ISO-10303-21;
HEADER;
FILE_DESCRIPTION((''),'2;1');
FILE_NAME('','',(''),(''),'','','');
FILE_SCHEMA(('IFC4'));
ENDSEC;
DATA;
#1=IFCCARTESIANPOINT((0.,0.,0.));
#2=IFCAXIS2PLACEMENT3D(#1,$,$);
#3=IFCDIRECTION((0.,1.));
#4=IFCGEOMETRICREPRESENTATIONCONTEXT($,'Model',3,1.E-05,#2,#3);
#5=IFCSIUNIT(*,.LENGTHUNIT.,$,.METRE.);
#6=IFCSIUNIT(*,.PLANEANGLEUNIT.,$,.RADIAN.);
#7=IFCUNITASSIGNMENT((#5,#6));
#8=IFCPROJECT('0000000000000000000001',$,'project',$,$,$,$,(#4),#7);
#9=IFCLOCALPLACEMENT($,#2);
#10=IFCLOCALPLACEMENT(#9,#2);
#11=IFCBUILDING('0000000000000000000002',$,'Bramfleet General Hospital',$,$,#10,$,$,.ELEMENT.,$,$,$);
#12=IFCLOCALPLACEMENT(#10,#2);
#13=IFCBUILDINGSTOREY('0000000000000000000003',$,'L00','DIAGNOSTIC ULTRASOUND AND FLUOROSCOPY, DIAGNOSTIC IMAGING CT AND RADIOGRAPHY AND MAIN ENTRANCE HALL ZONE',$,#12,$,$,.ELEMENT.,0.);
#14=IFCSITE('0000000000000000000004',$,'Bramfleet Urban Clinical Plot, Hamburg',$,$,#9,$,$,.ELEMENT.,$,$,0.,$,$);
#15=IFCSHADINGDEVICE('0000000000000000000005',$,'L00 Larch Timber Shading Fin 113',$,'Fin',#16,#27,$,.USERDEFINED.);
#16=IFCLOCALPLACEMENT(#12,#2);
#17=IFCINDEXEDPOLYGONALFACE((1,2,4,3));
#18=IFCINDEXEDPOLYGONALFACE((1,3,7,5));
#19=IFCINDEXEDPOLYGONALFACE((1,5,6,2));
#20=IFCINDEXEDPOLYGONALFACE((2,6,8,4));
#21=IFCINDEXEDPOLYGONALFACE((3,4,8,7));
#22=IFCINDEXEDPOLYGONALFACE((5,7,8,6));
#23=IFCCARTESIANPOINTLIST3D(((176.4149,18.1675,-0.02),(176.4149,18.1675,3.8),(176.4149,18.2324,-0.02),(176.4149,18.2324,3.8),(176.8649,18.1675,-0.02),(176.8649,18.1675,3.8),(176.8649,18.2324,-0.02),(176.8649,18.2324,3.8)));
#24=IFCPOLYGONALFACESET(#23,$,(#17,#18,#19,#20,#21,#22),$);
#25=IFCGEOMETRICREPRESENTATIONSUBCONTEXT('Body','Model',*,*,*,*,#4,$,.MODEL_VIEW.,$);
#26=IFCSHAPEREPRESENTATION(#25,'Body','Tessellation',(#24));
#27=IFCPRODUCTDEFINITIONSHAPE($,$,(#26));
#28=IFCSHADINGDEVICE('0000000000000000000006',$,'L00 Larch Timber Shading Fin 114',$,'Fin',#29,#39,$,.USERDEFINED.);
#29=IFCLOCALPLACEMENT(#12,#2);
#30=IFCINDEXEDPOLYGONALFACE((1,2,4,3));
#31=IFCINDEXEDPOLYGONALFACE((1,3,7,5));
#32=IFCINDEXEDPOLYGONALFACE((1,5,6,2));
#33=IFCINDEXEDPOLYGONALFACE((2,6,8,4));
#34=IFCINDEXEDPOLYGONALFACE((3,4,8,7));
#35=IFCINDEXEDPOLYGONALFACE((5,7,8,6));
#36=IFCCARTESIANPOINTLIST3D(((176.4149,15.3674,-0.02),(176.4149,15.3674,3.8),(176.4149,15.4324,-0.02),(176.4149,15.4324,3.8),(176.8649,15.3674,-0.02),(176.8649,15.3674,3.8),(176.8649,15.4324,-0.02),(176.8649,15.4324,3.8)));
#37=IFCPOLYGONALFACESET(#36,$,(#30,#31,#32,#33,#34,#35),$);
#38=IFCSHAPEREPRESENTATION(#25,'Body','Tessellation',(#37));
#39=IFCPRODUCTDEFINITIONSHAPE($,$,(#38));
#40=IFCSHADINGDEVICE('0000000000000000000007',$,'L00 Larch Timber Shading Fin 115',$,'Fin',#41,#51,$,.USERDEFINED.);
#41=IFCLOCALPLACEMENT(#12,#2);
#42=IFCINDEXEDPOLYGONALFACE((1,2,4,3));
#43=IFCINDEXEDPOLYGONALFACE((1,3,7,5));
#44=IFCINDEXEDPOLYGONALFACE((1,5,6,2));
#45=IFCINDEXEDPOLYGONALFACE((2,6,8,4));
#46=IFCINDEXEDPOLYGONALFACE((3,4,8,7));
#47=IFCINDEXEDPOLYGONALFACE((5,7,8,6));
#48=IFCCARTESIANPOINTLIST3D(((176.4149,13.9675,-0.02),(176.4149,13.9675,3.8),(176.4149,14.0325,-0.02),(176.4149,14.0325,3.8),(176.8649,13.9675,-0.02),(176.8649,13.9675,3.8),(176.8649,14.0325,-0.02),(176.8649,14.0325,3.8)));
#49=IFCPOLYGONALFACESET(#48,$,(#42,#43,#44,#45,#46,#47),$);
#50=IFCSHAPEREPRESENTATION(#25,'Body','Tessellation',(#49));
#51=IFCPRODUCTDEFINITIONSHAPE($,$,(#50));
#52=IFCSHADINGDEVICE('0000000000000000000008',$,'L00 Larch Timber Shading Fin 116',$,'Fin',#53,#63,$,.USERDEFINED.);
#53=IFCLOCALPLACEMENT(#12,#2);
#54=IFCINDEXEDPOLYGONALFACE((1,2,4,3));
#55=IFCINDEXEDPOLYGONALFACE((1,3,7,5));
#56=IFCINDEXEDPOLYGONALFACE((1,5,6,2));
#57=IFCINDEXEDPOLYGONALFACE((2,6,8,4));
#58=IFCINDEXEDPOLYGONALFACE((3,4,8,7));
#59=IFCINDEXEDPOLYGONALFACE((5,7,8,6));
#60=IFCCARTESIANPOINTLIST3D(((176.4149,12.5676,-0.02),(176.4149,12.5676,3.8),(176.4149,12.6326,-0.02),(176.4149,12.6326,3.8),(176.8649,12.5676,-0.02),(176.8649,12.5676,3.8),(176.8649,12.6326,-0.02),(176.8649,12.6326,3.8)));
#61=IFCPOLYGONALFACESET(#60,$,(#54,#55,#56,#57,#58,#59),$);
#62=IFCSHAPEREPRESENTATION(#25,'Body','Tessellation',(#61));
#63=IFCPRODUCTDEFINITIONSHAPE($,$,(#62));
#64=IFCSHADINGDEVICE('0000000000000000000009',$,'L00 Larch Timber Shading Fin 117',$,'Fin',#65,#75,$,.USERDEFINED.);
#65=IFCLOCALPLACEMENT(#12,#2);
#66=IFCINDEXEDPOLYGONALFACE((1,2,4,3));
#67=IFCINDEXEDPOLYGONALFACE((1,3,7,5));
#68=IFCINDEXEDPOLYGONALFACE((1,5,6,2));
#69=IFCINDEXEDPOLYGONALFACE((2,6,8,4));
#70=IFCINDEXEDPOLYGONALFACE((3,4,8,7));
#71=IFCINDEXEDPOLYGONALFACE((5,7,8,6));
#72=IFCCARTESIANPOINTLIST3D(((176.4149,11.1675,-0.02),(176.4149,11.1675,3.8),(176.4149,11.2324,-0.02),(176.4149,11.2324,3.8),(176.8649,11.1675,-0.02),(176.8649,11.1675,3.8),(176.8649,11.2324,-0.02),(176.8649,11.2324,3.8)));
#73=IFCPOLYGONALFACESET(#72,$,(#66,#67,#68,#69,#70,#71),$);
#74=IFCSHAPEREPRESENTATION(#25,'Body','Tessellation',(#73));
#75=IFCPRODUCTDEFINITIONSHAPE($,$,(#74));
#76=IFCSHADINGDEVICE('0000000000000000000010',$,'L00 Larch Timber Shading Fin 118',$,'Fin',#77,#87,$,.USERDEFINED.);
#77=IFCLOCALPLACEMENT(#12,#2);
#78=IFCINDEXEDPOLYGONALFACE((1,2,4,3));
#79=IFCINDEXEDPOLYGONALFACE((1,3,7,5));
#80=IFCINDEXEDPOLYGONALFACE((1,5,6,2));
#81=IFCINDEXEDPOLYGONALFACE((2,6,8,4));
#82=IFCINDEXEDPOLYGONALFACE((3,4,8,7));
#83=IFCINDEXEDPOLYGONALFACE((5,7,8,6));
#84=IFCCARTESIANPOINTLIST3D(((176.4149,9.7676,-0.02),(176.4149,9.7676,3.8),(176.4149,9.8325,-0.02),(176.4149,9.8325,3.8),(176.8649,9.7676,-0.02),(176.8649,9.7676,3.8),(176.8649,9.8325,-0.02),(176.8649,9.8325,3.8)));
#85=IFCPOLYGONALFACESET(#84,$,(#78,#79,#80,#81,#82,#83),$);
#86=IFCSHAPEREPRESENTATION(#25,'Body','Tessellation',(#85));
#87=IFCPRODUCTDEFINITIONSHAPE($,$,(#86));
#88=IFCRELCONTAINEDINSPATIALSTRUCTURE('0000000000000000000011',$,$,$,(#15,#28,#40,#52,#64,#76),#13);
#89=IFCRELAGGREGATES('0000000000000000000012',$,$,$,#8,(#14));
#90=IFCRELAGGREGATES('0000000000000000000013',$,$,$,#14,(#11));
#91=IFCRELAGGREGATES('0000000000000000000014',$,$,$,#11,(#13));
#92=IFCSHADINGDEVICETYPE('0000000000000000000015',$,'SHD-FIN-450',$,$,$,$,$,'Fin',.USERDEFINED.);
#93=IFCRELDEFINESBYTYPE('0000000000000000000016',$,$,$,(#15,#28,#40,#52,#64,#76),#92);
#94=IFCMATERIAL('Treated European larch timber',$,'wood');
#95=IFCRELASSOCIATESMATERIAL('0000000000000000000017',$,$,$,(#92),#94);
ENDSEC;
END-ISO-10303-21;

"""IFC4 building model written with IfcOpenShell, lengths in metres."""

from ifc_helpers import new_model, si_unit, direction, frame, origin, origin_2d, place, context, subcontext, project, spatial, rectangle, extrude, material, material_profile, profile_set, type_object, element, save


model = new_model("IFC4")

# Units and contexts
model_context = context("Model", 3, precision=1e-05, world=origin(), true_north=direction((0.0, 1.0)))
body_context = subcontext(model_context, "Body", "Model", "MODEL_VIEW")
ifc_project = project(units=[si_unit("LENGTHUNIT", "METRE"), si_unit("PLANEANGLEUNIT", "RADIAN")], contexts=[model_context])

# Site, building, storey
site_placement = place(None, origin())
site = spatial("IfcSite", under=ifc_project, at=site_placement, Name="Bramfleet Urban Clinical Plot, Hamburg", CompositionType="ELEMENT", RefElevation=0.0)
building_placement = place(site_placement, origin())
building = spatial("IfcBuilding", under=site, at=building_placement, Name="Bramfleet General Hospital", CompositionType="ELEMENT")
storey_placement = place(building_placement, origin())
storey = spatial("IfcBuildingStorey", under=building, at=storey_placement, Name="L00", Description="DIAGNOSTIC ULTRASOUND AND FLUOROSCOPY, DIAGNOSTIC IMAGING CT AND RADIOGRAPHY AND MAIN ENTRANCE HALL ZONE", CompositionType="ELEMENT", Elevation=0.0)

# Shading devices
ifc_material_1 = material(Name="Treated European larch timber", Category="wood")
ifc_material_profile_1 = material_profile(ifc_material_1, rectangle(XDim=0.0649, YDim=0.45, at=origin_2d()), Name="LARCH FIN 450x65")
ifc_profile_set_1 = profile_set([ifc_material_profile_1], Name="Treated European larch timber")
shading_device_type = type_object("IfcShadingDeviceType", Name="SHD-FIN-450", ElementType="Fin", PredefinedType="USERDEFINED", material=ifc_profile_set_1)
for number, where, z_axis, x_axis, name in (
    (1, (176.6399, 18.2, -0.02), (0.0, 0.0, 1.0), (0.0, -1.0, 0.0), "L00 Larch Timber Shading Fin 113"),
    (2, (176.6399, 15.3999, -0.02), (0.0, 0.0, 1.0), (0.0, -1.0, 0.0), "L00 Larch Timber Shading Fin 114"),
    (3, (176.6399, 14.0, -0.02), (0.0, 0.0, 1.0), (0.0, -1.0, 0.0), "L00 Larch Timber Shading Fin 115"),
    (4, (176.6399, 12.6001, -0.02), (0.0, 0.0, 1.0), (0.0, -1.0, 0.0), "L00 Larch Timber Shading Fin 116"),
    (5, (176.6399, 11.2, -0.02), (0.0, 0.0, 1.0), (0.0, -1.0, 0.0), "L00 Larch Timber Shading Fin 117"),
    (6, (176.6399, 9.8, -0.02), (0.0, 0.0, 1.0), (0.0, -1.0, 0.0), "L00 Larch Timber Shading Fin 118"),
):
    element("IfcShadingDevice", number, at=place(storey_placement, frame(where, z_axis=z_axis, x_axis=x_axis)), inside=storey, type_object=shading_device_type, Name=name, ObjectType="Fin", PredefinedType="USERDEFINED", context=body_context, shape_type="SweptSolid", body=[
        extrude(rectangle(XDim=0.0649, YDim=0.45, at=origin_2d()), origin(), (0.0, 0.0, 1.0), 3.8201),
    ])

save(model, "model.ifc")
